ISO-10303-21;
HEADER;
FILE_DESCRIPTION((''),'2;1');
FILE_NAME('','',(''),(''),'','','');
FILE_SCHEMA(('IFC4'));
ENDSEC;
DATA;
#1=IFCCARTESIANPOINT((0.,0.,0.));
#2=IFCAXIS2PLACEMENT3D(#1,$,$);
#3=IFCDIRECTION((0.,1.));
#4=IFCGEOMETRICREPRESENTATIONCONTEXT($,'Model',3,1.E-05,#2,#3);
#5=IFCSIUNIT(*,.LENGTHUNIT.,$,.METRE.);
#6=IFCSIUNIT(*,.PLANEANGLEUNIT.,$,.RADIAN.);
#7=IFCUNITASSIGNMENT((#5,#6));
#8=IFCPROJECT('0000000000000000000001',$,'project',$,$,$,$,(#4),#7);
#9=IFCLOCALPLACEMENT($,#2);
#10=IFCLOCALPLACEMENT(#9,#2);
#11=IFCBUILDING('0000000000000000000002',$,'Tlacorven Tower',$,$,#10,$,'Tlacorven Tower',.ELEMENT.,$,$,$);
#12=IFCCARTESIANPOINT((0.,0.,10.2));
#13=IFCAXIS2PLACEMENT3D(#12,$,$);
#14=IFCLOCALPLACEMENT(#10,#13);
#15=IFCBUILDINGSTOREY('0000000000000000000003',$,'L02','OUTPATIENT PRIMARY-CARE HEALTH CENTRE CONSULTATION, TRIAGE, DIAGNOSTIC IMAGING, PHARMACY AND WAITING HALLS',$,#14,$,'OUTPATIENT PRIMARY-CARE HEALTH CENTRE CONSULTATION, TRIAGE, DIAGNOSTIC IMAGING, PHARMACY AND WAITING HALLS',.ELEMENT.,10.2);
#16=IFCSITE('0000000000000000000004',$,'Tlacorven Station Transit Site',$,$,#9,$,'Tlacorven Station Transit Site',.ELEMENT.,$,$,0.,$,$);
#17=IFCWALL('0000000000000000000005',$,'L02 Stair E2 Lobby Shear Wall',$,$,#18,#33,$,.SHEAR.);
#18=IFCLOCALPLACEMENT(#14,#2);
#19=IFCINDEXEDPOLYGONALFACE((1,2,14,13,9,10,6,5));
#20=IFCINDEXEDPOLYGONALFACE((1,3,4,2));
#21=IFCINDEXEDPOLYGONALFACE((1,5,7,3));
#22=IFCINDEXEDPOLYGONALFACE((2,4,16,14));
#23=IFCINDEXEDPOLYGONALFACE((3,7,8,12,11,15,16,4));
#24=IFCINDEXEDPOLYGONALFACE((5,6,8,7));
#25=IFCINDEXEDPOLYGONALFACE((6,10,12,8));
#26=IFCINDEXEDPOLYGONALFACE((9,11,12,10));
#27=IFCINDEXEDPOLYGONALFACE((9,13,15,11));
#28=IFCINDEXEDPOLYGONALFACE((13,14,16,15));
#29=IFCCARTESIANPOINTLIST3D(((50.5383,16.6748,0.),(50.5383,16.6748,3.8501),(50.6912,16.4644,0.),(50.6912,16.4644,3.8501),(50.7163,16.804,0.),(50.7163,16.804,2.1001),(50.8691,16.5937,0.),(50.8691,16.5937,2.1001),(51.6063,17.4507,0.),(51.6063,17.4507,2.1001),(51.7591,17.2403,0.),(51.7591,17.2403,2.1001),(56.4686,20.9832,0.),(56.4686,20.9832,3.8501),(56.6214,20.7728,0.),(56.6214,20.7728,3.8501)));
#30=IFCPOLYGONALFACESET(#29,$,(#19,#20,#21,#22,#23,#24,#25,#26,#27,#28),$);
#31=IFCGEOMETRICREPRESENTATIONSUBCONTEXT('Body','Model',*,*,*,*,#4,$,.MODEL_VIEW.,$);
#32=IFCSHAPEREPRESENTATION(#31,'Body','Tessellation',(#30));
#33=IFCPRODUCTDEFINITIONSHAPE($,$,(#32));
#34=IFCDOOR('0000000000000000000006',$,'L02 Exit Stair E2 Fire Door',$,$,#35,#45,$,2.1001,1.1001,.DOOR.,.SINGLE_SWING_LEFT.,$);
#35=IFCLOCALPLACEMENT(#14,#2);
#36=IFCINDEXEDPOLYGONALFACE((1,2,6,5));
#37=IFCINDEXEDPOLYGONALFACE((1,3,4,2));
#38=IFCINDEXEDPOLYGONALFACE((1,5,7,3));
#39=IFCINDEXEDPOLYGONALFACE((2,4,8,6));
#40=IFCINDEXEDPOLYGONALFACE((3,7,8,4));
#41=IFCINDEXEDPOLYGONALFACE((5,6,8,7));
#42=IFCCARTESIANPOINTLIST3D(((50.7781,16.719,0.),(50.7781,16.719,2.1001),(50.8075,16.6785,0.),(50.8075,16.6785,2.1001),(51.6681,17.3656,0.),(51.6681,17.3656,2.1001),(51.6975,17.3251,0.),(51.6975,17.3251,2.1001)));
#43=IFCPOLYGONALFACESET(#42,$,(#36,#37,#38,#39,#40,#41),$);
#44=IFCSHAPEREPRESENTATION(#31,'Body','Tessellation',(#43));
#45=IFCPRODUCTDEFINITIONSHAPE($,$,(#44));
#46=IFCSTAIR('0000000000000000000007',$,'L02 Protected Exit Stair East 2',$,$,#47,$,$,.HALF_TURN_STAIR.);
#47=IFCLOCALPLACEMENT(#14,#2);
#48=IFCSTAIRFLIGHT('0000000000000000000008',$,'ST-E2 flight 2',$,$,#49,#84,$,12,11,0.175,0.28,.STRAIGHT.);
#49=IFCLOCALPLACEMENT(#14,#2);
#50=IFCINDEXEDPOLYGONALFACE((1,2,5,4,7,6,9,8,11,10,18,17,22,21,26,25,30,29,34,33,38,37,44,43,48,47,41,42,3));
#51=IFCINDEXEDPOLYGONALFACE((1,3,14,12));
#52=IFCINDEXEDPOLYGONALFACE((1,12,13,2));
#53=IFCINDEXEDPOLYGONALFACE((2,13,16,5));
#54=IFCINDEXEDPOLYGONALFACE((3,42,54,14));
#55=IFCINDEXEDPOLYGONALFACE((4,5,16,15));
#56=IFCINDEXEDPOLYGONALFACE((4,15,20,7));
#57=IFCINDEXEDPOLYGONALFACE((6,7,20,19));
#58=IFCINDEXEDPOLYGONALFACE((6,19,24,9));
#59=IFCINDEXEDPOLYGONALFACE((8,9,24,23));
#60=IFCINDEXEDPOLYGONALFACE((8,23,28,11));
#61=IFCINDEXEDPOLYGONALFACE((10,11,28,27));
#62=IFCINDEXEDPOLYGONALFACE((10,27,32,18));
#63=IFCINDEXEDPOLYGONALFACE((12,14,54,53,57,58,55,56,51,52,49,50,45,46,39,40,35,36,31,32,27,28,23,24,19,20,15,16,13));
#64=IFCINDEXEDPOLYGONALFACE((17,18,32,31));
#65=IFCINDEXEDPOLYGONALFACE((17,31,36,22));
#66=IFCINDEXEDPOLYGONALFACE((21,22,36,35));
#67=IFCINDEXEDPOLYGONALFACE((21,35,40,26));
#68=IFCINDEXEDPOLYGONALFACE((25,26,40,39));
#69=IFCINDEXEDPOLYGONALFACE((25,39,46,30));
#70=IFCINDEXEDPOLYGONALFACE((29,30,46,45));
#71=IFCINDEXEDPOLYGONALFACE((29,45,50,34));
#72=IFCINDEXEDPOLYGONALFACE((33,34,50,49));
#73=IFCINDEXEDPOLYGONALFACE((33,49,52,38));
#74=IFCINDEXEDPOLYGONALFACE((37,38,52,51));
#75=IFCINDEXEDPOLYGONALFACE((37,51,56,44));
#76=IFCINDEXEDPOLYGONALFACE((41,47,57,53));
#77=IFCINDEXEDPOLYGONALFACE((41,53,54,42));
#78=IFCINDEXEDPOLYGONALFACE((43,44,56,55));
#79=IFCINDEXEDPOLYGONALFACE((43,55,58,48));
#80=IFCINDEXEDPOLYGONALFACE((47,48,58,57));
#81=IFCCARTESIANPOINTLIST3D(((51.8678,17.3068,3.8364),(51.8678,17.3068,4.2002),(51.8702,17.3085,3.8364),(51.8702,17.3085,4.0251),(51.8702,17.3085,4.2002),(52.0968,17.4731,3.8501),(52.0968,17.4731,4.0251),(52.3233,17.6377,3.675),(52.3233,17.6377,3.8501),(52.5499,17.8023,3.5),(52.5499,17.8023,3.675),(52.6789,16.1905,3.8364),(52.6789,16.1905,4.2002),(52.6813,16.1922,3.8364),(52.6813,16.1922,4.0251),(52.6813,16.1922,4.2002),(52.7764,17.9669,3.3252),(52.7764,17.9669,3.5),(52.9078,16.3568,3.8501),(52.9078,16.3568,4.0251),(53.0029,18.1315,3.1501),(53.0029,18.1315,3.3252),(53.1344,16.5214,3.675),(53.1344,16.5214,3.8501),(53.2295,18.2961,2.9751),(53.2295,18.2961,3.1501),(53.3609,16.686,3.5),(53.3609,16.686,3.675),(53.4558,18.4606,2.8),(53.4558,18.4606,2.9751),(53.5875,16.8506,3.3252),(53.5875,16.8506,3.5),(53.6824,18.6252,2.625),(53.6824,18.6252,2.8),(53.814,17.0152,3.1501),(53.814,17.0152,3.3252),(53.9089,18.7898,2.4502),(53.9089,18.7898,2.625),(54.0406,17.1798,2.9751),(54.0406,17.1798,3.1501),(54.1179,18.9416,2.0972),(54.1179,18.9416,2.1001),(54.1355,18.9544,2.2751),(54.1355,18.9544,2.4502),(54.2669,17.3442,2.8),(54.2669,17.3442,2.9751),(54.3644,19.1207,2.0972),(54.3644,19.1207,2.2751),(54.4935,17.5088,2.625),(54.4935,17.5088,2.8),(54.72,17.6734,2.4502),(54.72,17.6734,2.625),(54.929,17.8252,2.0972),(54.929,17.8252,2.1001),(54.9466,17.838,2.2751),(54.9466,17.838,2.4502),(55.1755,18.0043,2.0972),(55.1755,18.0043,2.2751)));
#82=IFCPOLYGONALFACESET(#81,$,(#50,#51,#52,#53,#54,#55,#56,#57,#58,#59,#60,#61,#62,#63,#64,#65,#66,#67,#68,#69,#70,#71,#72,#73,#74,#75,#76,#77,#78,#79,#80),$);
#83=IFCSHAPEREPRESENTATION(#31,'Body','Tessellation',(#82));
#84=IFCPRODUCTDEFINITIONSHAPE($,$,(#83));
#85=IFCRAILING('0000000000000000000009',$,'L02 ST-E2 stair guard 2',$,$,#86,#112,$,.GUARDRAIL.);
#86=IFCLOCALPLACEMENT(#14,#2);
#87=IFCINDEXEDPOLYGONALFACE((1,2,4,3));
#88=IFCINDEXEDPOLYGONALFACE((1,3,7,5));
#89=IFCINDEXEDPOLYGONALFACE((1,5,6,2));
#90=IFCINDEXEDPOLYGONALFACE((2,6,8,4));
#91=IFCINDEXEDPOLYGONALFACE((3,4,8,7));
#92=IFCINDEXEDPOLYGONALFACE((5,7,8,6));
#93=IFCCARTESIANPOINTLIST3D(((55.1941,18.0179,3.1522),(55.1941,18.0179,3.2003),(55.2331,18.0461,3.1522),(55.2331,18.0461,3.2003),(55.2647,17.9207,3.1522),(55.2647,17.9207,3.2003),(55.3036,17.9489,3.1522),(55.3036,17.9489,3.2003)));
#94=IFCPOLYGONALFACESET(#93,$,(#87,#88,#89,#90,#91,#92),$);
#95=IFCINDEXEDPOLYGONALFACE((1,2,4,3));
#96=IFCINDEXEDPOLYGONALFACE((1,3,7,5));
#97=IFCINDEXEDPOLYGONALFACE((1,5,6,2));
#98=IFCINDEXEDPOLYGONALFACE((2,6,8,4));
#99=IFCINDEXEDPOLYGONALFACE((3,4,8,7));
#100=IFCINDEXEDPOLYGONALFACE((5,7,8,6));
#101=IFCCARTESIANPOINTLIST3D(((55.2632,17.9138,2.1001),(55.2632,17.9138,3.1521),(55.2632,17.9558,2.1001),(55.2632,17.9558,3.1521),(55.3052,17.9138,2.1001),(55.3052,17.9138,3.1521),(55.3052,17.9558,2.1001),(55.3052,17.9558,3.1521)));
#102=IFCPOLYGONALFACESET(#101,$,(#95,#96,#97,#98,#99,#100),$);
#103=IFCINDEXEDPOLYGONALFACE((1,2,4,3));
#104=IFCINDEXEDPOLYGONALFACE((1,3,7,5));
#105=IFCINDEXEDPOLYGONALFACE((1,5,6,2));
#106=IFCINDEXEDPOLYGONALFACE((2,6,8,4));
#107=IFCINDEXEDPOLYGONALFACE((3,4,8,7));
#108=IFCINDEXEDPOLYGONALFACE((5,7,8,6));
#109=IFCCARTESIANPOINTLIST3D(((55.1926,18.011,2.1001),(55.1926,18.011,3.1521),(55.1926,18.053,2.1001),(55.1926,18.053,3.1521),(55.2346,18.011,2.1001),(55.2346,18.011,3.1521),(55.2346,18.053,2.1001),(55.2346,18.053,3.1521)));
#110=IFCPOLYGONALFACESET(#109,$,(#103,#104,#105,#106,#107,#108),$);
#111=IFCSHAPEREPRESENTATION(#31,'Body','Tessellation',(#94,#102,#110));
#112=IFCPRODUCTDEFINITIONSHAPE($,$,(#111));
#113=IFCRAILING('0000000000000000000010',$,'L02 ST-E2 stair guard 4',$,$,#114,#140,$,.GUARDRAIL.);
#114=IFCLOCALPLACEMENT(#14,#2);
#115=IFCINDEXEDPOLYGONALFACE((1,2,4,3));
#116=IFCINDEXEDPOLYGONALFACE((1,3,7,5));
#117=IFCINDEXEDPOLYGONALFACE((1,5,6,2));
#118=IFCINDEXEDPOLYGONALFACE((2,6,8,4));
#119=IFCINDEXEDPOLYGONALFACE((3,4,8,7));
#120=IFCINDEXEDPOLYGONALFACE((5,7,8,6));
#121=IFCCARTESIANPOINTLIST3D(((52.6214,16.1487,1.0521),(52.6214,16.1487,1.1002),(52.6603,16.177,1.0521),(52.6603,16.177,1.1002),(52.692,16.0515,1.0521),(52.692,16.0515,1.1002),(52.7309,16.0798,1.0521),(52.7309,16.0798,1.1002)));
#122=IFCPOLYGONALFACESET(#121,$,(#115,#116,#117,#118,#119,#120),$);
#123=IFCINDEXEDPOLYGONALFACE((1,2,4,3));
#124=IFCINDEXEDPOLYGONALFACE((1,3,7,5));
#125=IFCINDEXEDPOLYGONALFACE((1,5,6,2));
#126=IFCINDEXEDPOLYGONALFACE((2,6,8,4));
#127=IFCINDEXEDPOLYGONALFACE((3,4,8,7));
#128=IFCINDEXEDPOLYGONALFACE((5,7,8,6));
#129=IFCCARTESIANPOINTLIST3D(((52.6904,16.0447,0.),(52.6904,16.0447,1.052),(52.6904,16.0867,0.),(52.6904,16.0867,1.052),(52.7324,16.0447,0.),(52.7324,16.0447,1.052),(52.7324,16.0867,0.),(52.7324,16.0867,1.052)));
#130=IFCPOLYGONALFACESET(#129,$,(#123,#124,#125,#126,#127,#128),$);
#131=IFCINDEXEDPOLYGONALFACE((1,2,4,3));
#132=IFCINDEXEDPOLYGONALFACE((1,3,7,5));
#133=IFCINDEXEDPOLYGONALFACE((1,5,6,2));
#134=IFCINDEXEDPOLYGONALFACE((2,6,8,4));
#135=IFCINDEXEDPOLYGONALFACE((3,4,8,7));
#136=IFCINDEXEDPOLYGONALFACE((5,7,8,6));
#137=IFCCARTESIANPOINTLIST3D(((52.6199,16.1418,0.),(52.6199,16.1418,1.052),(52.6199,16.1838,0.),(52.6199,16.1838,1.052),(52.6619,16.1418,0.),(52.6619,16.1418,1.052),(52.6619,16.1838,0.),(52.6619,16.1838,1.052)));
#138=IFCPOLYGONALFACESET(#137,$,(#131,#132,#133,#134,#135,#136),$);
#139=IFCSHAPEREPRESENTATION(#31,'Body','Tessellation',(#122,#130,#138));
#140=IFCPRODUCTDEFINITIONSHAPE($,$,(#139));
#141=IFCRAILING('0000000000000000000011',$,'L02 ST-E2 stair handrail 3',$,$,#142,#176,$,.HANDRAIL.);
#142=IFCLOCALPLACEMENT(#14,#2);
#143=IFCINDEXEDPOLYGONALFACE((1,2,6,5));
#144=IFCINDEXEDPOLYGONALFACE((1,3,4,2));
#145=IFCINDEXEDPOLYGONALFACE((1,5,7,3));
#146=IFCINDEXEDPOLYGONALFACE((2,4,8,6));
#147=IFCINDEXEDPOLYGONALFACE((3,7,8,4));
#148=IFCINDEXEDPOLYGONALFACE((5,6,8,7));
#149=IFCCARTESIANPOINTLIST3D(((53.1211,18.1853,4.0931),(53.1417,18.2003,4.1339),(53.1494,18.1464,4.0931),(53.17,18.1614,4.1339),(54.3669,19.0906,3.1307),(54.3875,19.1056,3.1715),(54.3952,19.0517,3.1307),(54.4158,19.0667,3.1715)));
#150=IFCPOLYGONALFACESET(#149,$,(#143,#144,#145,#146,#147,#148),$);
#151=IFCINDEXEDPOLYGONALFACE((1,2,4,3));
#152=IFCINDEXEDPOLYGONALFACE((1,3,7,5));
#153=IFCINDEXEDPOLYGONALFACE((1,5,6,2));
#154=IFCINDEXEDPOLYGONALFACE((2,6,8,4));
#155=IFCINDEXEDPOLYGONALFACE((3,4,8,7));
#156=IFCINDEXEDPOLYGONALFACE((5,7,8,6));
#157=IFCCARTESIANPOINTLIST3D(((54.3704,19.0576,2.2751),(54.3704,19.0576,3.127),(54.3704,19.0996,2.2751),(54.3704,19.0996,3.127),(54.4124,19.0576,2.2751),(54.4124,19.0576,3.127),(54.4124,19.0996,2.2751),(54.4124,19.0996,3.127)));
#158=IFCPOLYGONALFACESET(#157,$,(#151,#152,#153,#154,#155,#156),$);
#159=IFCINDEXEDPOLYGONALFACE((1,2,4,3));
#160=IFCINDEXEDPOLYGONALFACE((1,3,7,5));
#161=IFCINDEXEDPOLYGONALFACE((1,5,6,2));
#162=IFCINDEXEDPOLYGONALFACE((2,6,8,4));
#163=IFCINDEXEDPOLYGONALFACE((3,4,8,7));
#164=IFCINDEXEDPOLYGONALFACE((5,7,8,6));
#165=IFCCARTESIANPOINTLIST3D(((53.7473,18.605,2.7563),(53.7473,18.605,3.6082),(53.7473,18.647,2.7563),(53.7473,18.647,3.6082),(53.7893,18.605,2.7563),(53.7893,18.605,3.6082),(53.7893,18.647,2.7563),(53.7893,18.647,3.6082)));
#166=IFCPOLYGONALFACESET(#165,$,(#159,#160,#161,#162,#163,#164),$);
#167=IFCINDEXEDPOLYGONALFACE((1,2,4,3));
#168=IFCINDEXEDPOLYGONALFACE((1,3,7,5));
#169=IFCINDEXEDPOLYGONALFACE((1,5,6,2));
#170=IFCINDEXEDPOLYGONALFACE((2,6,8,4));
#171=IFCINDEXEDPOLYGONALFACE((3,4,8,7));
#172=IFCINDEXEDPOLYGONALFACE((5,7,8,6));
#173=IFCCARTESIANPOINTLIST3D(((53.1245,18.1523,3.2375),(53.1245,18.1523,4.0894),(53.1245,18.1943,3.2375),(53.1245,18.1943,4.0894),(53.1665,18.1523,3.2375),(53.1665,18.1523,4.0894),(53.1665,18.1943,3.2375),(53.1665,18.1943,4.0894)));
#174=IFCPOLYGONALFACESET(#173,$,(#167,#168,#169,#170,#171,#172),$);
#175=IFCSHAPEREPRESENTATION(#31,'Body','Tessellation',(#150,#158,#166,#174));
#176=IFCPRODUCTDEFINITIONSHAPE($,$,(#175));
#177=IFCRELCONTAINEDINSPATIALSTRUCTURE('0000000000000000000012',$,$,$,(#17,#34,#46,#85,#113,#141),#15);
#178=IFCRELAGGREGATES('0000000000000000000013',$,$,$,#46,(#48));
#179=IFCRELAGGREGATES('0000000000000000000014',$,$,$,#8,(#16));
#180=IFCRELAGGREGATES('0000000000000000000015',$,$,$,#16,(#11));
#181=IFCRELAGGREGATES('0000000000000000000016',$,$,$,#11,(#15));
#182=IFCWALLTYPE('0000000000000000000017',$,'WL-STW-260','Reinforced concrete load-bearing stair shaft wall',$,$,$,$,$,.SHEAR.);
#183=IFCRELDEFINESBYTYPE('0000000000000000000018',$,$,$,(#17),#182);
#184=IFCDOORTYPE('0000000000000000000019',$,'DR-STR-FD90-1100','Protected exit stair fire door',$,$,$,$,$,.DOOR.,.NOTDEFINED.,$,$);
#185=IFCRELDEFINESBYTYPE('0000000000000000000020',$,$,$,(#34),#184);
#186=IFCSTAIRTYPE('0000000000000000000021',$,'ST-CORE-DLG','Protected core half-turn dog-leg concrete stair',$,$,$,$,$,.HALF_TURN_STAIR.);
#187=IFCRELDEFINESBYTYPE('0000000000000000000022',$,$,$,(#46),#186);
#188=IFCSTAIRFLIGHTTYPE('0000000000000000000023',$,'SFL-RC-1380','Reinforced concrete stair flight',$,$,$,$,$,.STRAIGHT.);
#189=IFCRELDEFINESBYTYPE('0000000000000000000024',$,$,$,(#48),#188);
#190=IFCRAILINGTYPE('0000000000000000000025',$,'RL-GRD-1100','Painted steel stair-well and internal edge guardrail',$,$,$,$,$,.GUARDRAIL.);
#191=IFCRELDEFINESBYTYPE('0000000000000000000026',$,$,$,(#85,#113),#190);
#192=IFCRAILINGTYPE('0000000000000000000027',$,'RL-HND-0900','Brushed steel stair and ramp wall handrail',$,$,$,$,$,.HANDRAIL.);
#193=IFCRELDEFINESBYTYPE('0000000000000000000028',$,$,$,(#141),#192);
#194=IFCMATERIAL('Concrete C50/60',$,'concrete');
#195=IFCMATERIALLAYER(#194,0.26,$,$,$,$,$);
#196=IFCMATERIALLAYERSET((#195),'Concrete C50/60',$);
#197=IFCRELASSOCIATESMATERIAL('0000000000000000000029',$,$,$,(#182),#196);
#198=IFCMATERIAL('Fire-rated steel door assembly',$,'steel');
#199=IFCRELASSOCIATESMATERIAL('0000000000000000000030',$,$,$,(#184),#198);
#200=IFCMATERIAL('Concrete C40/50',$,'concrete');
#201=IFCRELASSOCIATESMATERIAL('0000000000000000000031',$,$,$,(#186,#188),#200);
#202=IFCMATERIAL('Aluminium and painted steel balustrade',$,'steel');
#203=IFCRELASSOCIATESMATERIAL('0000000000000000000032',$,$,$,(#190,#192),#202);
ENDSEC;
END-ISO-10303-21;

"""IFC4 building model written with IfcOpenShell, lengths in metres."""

from ifc_helpers import new_model, si_unit, direction, frame, frame_2d, origin, origin_2d, place, context, subcontext, project, spatial, polyline, rectangle, outline, extrude, source, transform, mapped, material, layer, layer_set, type_object, element, fill, aggregate, save


model = new_model("IFC4")

# Units and contexts
model_context = context("Model", 3, precision=1e-05, world=origin(), true_north=direction((0.0, 1.0)))
body_context = subcontext(model_context, "Body", "Model", "MODEL_VIEW")
ifc_project = project(units=[si_unit("LENGTHUNIT", "METRE"), si_unit("PLANEANGLEUNIT", "RADIAN")], contexts=[model_context])

# Site, building, storey
site_placement = place(None, origin())
site = spatial("IfcSite", under=ifc_project, at=site_placement, Name="Tlacorven Station Transit Site", LongName="Tlacorven Station Transit Site", CompositionType="ELEMENT", RefElevation=0.0)
building_placement = place(site_placement, origin())
building = spatial("IfcBuilding", under=site, at=building_placement, Name="Tlacorven Tower", LongName="Tlacorven Tower", CompositionType="ELEMENT")
storey_placement = place(building_placement, frame((0.0, 0.0, 10.2)))
storey = spatial("IfcBuildingStorey", under=building, at=storey_placement, Name="L02", Description="OUTPATIENT PRIMARY-CARE HEALTH CENTRE CONSULTATION, TRIAGE, DIAGNOSTIC IMAGING, PHARMACY AND WAITING HALLS", LongName="OUTPATIENT PRIMARY-CARE HEALTH CENTRE CONSULTATION, TRIAGE, DIAGNOSTIC IMAGING, PHARMACY AND WAITING HALLS", CompositionType="ELEMENT", Elevation=10.2)

# Shared definitions
ifc_material_1 = material(Name="Concrete C40/50", Category="concrete")
ifc_material_2 = material(Name="Fire-rated steel door assembly", Category="steel")

# Wall, opening, door
ifc_material_3 = material(Name="Concrete C50/60", Category="concrete")
ifc_layer_1 = layer(ifc_material_3, 0.26)
ifc_layer_set_1 = layer_set([ifc_layer_1], Name="Concrete C50/60")
wall_type_1 = type_object("IfcWallType", Name="WL-STW-260", Description="Reinforced concrete load-bearing stair shaft wall", PredefinedType="SHEAR", material=ifc_layer_set_1)
door_type_1 = type_object("IfcDoorType", Name="DR-STR-FD90-1100", Description="Protected exit stair fire door", OperationType="NOTDEFINED", PredefinedType="DOOR", material=ifc_material_2)
shared_shape_1 = source(origin(), body_context, "Body", "SweptSolid", [
    extrude(rectangle(XDim=1.1001, YDim=2.1001, at=frame_2d((0.55, 1.05))), frame((0.0, 0.0249, 0.0), z_axis=(0.0, -1.0, 0.0), x_axis=(1.0, 0.0, 0.0)), (0.0, 0.0, 1.0), 0.05),
])
wall_1_placement = place(storey_placement, frame((50.6147, 16.5696, 0.0), z_axis=(0.0, 0.0, 1.0), x_axis=(0.809028, 0.58777, 0.0)))
wall_1 = element("IfcWall", 1, at=wall_1_placement, inside=storey, type_object=wall_type_1, Name="L02 Stair E2 Lobby Shear Wall", PredefinedType="SHEAR", context=body_context, shape_type="SweptSolid", body=[
    extrude(rectangle(XDim=7.3301, YDim=0.26, at=frame_2d((3.665, 0.0))), origin(), (0.0, 0.0, 1.0), 3.8501),
])
opening_1_placement = place(wall_1_placement, frame((0.22, 0.0, 0.0)))
opening_1 = element("IfcOpeningElement", 2, at=opening_1_placement, cuts=wall_1, PredefinedType="OPENING", context=body_context, shape_type="SweptSolid", body=[
    extrude(rectangle(XDim=1.1001, YDim=2.1001, at=frame_2d((0.55, 1.05))), frame((0.0, 0.1401, 0.0), z_axis=(0.0, -1.0, 0.0), x_axis=(1.0, 0.0, 0.0)), (0.0, 0.0, 1.0), 0.28),
])
door_1_placement = place(opening_1_placement, origin())
door_1 = element("IfcDoor", 3, at=door_1_placement, inside=storey, type_object=door_type_1, Name="L02 Exit Stair E2 Fire Door", OperationType="SINGLE_SWING_LEFT", OverallHeight=2.1001, OverallWidth=1.1001, PredefinedType="DOOR", context=body_context, shape_type="MappedRepresentation", body=[
    mapped(shared_shape_1, transform((0.0, 0.0, 0.0), scale=1.0)),
])
fill(opening_1, door_1)

# Stair, stair flight
stair_type = type_object("IfcStairType", Name="ST-CORE-DLG", Description="Protected core half-turn dog-leg concrete stair", PredefinedType="HALF_TURN_STAIR", material=ifc_material_1)
stair_placement = place(storey_placement, origin())
stair = element("IfcStair", 4, at=stair_placement, inside=storey, type_object=stair_type, Name="L02 Protected Exit Stair East 2", PredefinedType="HALF_TURN_STAIR")
stair_flight_type = type_object("IfcStairFlightType", Name="SFL-RC-1380", Description="Reinforced concrete stair flight", PredefinedType="STRAIGHT", material=ifc_material_1)
shared_shape_2 = source(origin(), body_context, "Body", "SweptSolid", [
    extrude(outline(polyline([(-0.0029, -0.0029), (-0.0029, 0.175), (0.28, 0.175), (0.28, 0.3501), (0.5601, 0.3501), (0.5601, 0.5249), (0.8401, 0.5249), (0.8401, 0.7), (1.1201, 0.7), (1.1201, 0.875), (1.3999, 0.875), (1.3999, 1.05), (1.6799, 1.05), (1.6799, 1.2251), (1.96, 1.2251), (1.96, 1.3999), (2.24, 1.3999), (2.24, 1.575), (2.52, 1.575), (2.52, 1.75), (2.8, 1.75), (2.8, 1.925), (3.0801, 1.925), (3.0801, 2.1001), (3.083, 2.1001), (3.083, 1.7363), (3.0801, 1.7363), (0.3018, 0.0), (0.3018, -0.0029), (-0.0029, -0.0029)])), frame((0.0, 0.6899, 0.0), z_axis=(0.0, -1.0, 0.0), x_axis=(1.0, 0.0, 0.0)), (0.0, 0.0, 1.0), 1.3799),
])
stair_flight_placement = place(storey_placement, frame((54.7676, 18.5608, 2.1001), z_axis=(0.0, 0.0, 1.0), x_axis=(-0.809017, -0.587785, 0.0)))
stair_flight = element("IfcStairFlight", 5, at=stair_flight_placement, type_object=stair_flight_type, Name="ST-E2 flight 2", NumberOfRisers=12, NumberOfTreads=11, PredefinedType="STRAIGHT", RiserHeight=0.175, TreadLength=0.28, context=body_context, shape_type="MappedRepresentation", body=[
    mapped(shared_shape_2, transform((0.0, 0.0, 0.0), scale=1.0)),
])
aggregate(stair, [stair_flight])

# Railings
ifc_material_4 = material(Name="Aluminium and painted steel balustrade", Category="steel")
railing_type_1 = type_object("IfcRailingType", Name="RL-GRD-1100", Description="Painted steel stair-well and internal edge guardrail", PredefinedType="GUARDRAIL", material=ifc_material_4)
shared_shape_3 = source(origin(), body_context, "Body", "SweptSolid", [
    extrude(rectangle(XDim=0.0481, YDim=0.0481, at=origin_2d()), frame((0.0, 0.0, 1.0762), z_axis=(-0.587567, 0.809175, 0.0), x_axis=(-0.809175, -0.587567, 0.0)), (0.0, 0.0, 1.0), 0.1201),
    extrude(rectangle(XDim=0.042, YDim=0.042, at=origin_2d()), origin(), (0.0, 0.0, 1.0), 1.052),
    extrude(rectangle(XDim=0.042, YDim=0.042, at=origin_2d()), frame((-0.0706, 0.0972, 0.0)), (0.0, 0.0, 1.0), 1.052),
])
for number, where, name in (
    (6, (55.2842, 17.9348, 2.1001), "L02 ST-E2 stair guard 2"),
    (7, (52.7114, 16.0657, 0.0), "L02 ST-E2 stair guard 4"),
):
    element("IfcRailing", number, at=place(storey_placement, frame(where)), inside=storey, type_object=railing_type_1, Name=name, PredefinedType="GUARDRAIL", context=body_context, shape_type="MappedRepresentation", body=[
        mapped(shared_shape_3, transform((0.0, 0.0, 0.0), scale=1.0)),
    ])
railing_type_2 = type_object("IfcRailingType", Name="RL-HND-0900", Description="Brushed steel stair and ramp wall handrail", PredefinedType="HANDRAIL", material=ifc_material_4)
shared_shape_4 = source(origin(), body_context, "Body", "SweptSolid", [
    extrude(rectangle(XDim=0.0481, YDim=0.0481, at=origin_2d()), frame((0.0, 0.0, 0.876), z_axis=(-0.686038, -0.498497, 0.529955), x_axis=(0.587832, -0.808983, 0.0)), (0.0, 0.0, 1.0), 1.8159),
    extrude(rectangle(XDim=0.042, YDim=0.042, at=origin_2d()), origin(), (0.0, 0.0, 1.0), 0.8518),
    extrude(rectangle(XDim=0.042, YDim=0.042, at=origin_2d()), frame((-0.623, -0.4526, 0.4812)), (0.0, 0.0, 1.0), 0.8518),
    extrude(rectangle(XDim=0.042, YDim=0.042, at=origin_2d()), frame((-1.2458, -0.9053, 0.9624)), (0.0, 0.0, 1.0), 0.8518),
])
for number, where, name in (
    (8, (54.3914, 19.0786, 2.2751), "L02 ST-E2 stair handrail 3"),
):
    element("IfcRailing", number, at=place(storey_placement, frame(where)), inside=storey, type_object=railing_type_2, Name=name, PredefinedType="HANDRAIL", context=body_context, shape_type="MappedRepresentation", body=[
        mapped(shared_shape_4, transform((0.0, 0.0, 0.0), scale=1.0)),
    ])

save(model, "model.ifc")
